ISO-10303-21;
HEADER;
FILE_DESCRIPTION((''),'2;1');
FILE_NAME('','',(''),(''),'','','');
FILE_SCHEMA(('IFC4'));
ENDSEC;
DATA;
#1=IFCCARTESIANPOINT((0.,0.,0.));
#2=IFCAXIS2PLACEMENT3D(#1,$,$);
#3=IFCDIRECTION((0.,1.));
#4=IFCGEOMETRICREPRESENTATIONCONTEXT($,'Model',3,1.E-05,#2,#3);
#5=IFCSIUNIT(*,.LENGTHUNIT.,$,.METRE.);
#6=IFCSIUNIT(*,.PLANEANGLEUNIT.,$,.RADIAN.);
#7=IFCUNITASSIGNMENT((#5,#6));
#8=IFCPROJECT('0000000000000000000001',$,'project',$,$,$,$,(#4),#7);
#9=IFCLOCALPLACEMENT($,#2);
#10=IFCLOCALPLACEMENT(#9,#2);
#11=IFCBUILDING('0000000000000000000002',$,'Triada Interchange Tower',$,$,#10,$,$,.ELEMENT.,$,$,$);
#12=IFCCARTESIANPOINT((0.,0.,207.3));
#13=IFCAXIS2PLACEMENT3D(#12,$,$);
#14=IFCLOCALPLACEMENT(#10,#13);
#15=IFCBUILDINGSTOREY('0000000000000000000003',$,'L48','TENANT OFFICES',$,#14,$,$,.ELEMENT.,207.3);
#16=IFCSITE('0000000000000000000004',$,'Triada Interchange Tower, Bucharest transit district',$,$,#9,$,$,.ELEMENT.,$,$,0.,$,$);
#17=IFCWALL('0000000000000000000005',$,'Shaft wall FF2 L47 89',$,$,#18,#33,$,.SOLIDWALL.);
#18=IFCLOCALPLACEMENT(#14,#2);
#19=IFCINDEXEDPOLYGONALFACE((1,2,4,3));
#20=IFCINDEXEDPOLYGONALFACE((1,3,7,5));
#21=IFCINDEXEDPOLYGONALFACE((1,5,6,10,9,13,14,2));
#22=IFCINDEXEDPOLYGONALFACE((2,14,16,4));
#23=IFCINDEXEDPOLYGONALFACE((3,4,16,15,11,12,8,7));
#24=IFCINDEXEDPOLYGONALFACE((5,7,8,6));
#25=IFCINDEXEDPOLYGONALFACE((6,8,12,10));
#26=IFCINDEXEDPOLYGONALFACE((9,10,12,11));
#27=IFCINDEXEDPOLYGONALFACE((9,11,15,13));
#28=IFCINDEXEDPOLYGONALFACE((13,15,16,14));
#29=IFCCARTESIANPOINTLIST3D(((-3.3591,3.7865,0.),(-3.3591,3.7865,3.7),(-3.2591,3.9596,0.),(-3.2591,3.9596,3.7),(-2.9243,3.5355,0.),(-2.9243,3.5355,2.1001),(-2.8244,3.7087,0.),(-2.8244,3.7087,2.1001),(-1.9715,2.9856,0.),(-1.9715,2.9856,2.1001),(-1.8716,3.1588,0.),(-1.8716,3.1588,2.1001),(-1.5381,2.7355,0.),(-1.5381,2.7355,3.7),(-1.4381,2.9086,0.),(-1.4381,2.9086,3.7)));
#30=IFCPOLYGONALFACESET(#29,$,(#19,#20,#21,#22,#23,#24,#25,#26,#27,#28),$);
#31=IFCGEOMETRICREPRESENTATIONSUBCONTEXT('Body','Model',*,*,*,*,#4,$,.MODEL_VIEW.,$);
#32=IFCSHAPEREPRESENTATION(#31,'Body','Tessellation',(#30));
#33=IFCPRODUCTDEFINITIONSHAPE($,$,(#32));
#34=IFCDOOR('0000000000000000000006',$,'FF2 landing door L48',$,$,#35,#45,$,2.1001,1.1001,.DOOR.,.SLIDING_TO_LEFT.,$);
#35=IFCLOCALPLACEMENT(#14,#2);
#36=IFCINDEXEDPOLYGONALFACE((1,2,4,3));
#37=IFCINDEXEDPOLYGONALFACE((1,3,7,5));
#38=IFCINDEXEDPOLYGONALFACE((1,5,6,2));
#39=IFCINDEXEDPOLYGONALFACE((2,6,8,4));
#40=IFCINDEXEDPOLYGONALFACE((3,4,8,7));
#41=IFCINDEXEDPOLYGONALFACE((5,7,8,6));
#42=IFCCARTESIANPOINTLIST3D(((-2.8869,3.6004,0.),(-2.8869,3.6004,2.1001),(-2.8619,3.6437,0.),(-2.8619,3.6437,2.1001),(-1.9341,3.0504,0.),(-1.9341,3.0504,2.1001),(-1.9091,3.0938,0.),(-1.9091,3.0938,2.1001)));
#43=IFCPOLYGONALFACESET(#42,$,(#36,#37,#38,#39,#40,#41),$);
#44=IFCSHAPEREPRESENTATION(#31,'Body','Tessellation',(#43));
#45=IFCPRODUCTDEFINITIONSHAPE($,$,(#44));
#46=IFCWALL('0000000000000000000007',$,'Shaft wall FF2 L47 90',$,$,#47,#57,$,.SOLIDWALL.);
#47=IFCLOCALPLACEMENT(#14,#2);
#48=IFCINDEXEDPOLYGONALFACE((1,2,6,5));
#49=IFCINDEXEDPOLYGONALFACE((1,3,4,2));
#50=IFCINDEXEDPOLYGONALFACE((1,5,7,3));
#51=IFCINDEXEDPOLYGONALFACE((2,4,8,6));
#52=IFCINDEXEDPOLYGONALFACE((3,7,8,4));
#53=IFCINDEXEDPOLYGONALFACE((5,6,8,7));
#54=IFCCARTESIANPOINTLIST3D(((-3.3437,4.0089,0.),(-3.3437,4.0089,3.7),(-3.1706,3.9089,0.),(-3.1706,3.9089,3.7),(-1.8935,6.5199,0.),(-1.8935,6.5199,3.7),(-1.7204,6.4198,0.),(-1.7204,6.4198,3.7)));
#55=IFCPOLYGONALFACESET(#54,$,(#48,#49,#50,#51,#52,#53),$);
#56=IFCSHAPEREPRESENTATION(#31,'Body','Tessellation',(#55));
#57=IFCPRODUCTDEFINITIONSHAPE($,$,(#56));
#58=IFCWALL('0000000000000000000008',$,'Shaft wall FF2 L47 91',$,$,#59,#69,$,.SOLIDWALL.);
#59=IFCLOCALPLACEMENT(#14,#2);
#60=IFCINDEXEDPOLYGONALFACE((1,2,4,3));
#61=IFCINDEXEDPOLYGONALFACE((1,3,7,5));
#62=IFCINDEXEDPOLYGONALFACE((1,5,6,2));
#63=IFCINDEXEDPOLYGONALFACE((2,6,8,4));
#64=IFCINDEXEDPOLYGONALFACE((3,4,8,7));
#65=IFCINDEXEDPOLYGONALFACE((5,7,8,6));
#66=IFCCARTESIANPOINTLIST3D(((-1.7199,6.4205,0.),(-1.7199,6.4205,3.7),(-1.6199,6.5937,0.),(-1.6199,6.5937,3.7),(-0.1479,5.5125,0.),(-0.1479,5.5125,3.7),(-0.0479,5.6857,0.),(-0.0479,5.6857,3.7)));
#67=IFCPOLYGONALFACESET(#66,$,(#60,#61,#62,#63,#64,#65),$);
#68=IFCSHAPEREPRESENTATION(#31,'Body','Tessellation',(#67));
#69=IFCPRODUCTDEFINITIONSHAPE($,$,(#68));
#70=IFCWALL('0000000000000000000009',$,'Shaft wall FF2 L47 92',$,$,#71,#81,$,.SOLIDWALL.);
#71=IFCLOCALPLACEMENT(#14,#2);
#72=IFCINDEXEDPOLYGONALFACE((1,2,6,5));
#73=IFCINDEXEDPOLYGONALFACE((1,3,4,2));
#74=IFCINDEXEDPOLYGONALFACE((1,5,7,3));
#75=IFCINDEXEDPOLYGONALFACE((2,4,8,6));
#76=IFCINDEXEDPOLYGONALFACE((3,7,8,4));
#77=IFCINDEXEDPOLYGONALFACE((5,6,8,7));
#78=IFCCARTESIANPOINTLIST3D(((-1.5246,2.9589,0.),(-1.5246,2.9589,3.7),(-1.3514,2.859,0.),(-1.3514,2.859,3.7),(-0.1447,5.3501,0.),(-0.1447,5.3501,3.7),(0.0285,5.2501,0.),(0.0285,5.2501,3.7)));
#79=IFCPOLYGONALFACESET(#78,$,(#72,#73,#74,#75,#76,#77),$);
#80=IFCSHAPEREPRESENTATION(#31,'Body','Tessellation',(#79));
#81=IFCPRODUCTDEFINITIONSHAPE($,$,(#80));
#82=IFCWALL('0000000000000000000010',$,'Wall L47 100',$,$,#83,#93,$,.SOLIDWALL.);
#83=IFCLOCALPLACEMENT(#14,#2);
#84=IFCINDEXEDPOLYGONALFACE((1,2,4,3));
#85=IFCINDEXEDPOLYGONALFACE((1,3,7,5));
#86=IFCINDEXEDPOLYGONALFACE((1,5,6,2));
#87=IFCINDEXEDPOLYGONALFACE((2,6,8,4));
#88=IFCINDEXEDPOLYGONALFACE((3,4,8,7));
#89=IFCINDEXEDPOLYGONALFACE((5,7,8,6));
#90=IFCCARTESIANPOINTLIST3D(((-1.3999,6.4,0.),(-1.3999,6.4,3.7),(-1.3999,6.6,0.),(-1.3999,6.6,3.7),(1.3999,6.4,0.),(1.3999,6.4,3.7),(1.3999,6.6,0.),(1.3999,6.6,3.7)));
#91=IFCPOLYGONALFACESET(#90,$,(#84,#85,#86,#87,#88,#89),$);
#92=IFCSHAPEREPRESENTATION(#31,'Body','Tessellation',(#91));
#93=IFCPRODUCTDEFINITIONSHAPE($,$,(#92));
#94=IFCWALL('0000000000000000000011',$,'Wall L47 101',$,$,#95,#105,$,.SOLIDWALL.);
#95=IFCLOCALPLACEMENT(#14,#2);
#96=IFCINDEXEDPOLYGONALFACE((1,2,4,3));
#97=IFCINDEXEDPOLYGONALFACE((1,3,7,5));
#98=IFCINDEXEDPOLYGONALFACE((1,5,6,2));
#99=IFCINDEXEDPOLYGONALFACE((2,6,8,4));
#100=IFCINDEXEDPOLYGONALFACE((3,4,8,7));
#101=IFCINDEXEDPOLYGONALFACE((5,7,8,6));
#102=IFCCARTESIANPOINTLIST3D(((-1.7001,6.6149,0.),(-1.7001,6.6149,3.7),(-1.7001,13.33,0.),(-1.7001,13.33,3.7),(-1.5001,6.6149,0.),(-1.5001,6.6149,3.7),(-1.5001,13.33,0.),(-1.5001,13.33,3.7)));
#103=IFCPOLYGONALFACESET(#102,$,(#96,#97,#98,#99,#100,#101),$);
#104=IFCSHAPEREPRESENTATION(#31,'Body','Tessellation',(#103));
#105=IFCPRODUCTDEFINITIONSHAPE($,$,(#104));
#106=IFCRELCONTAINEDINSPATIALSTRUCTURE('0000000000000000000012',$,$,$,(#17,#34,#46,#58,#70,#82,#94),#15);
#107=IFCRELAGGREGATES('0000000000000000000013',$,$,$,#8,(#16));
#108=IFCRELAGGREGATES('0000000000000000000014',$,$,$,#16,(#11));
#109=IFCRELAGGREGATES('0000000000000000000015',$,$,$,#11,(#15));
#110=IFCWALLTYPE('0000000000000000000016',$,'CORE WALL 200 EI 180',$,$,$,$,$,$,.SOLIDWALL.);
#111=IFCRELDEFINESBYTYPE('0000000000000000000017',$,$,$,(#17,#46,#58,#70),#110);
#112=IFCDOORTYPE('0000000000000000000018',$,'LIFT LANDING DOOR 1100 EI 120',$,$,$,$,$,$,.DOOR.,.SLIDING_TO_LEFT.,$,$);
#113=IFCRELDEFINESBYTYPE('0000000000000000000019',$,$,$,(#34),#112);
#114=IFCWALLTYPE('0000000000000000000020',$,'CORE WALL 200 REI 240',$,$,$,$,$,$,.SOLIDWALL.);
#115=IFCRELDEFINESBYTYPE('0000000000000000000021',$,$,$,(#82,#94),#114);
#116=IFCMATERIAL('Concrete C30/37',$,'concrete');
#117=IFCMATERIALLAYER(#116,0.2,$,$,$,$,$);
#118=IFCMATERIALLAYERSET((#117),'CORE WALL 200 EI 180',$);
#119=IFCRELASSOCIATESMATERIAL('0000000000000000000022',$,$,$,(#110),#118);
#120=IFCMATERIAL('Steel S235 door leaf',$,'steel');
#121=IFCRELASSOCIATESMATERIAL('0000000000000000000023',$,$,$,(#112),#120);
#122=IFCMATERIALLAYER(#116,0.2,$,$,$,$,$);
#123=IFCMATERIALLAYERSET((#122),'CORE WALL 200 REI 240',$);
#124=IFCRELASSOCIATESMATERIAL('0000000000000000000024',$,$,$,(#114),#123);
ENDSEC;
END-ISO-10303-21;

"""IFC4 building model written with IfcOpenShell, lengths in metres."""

from ifc_helpers import new_model, si_unit, direction, frame, frame_2d, origin, place, context, subcontext, project, spatial, rectangle, extrude, material, layer, layer_set, type_object, element, fill, save


model = new_model("IFC4")

# Units and contexts
model_context = context("Model", 3, precision=1e-05, world=origin(), true_north=direction((0.0, 1.0)))
body_context = subcontext(model_context, "Body", "Model", "MODEL_VIEW")
ifc_project = project(units=[si_unit("LENGTHUNIT", "METRE"), si_unit("PLANEANGLEUNIT", "RADIAN")], contexts=[model_context])

# Site, building, storey
site_placement = place(None, origin())
site = spatial("IfcSite", under=ifc_project, at=site_placement, Name="Triada Interchange Tower, Bucharest transit district", CompositionType="ELEMENT", RefElevation=0.0)
building_placement = place(site_placement, origin())
building = spatial("IfcBuilding", under=site, at=building_placement, Name="Triada Interchange Tower", CompositionType="ELEMENT")
storey_placement = place(building_placement, frame((0.0, 0.0, 207.3)))
storey = spatial("IfcBuildingStorey", under=building, at=storey_placement, Name="L48", Description="TENANT OFFICES", CompositionType="ELEMENT", Elevation=207.3)

# Shared definitions
ifc_material_1 = material(Name="Concrete C30/37", Category="concrete")
ifc_layer_1 = layer(ifc_material_1, 0.2)
ifc_layer_set_1 = layer_set([ifc_layer_1], Name="CORE WALL 200 EI 180")
wall_type_1 = type_object("IfcWallType", Name="CORE WALL 200 EI 180", PredefinedType="SOLIDWALL", material=ifc_layer_set_1)

# Shared definitions
ifc_material_2 = material(Name="Steel S235 door leaf", Category="steel")

# Wall, opening, door
door_type_1 = type_object("IfcDoorType", Name="LIFT LANDING DOOR 1100 EI 120", OperationType="SLIDING_TO_LEFT", PredefinedType="DOOR", material=ifc_material_2)
wall_1_placement = place(storey_placement, frame((-3.3091, 3.873, 0.0), z_axis=(0.0, 0.0, 1.0), x_axis=(0.866099, -0.499873, 0.0)))
wall_1 = element("IfcWall", 1, at=wall_1_placement, inside=storey, type_object=wall_type_1, Name="Shaft wall FF2 L47 89", PredefinedType="SOLIDWALL", context=body_context, shape_type="SweptSolid", body=[
    extrude(rectangle(XDim=2.1025, YDim=0.2, at=frame_2d((1.0513, 0.0))), origin(), (0.0, 0.0, 1.0), 3.7),
])
opening_1_placement = place(wall_1_placement, frame((0.502, 0.0, 0.0)))
opening_1 = element("IfcOpeningElement", 2, at=opening_1_placement, cuts=wall_1, PredefinedType="OPENING", context=body_context, shape_type="SweptSolid", body=[
    extrude(rectangle(XDim=1.1001, YDim=2.1001, at=frame_2d((0.55, 1.05))), frame((0.0, 0.1099, 0.0), z_axis=(0.0, -1.0, 0.0), x_axis=(1.0, 0.0, 0.0)), (0.0, 0.0, 1.0), 0.22),
])
door_1_placement = place(opening_1_placement, origin())
door_1 = element("IfcDoor", 3, at=door_1_placement, inside=storey, type_object=door_type_1, Name="FF2 landing door L48", OperationType="SLIDING_TO_LEFT", OverallHeight=2.1001, OverallWidth=1.1001, PredefinedType="DOOR", context=body_context, shape_type="SweptSolid", body=[
    extrude(rectangle(XDim=1.1001, YDim=2.1001, at=frame_2d((0.55, 1.05))), frame((0.0, 0.0249, 0.0), z_axis=(0.0, -1.0, 0.0), x_axis=(1.0, 0.0, 0.0)), (0.0, 0.0, 1.0), 0.05),
])
fill(opening_1, door_1)

# Walls
wall_2_placement = place(storey_placement, frame((-3.2571, 3.959, 0.0), z_axis=(0.0, 0.0, 1.0), x_axis=(0.500123, 0.865954, 0.0)))
element("IfcWall", 4, at=wall_2_placement, inside=storey, type_object=wall_type_1, Name="Shaft wall FF2 L47 90", PredefinedType="SOLIDWALL", context=body_context, shape_type="SweptSolid", body=[
    extrude(rectangle(XDim=2.8997, YDim=0.2, at=frame_2d((1.4497, 0.0))), origin(), (0.0, 0.0, 1.0), 3.7),
])
wall_3_placement = place(storey_placement, frame((-1.6699, 6.5071, 0.0), z_axis=(0.0, 0.0, 1.0), x_axis=(0.865941, -0.500145, 0.0)))
element("IfcWall", 5, at=wall_3_placement, inside=storey, type_object=wall_type_1, Name="Shaft wall FF2 L47 91", PredefinedType="SOLIDWALL", context=body_context, shape_type="SweptSolid", body=[
    extrude(rectangle(XDim=1.8154, YDim=0.2, at=frame_2d((0.9077, 0.0))), origin(), (0.0, 0.0, 1.0), 3.7),
])
wall_4_placement = place(storey_placement, frame((-1.438, 2.9089, 0.0), z_axis=(0.0, 0.0, 1.0), x_axis=(0.49983, 0.866124, 0.0)))
element("IfcWall", 6, at=wall_4_placement, inside=storey, type_object=wall_type_1, Name="Shaft wall FF2 L47 92", PredefinedType="SOLIDWALL", context=body_context, shape_type="SweptSolid", body=[
    extrude(rectangle(XDim=2.7607, YDim=0.2, at=frame_2d((1.3804, 0.0))), origin(), (0.0, 0.0, 1.0), 3.7),
])
ifc_layer_2 = layer(ifc_material_1, 0.2)
ifc_layer_set_2 = layer_set([ifc_layer_2], Name="CORE WALL 200 REI 240")
wall_type_2 = type_object("IfcWallType", Name="CORE WALL 200 REI 240", PredefinedType="SOLIDWALL", material=ifc_layer_set_2)
wall_5_placement = place(storey_placement, frame((-1.3999, 6.5, 0.0), z_axis=(0.0, 0.0, 1.0), x_axis=(1.0, 0.0, 0.0)))
element("IfcWall", 7, at=wall_5_placement, inside=storey, type_object=wall_type_2, Name="Wall L47 100", PredefinedType="SOLIDWALL", context=body_context, shape_type="SweptSolid", body=[
    extrude(rectangle(XDim=2.7998, YDim=0.2, at=frame_2d((1.3999, 0.0))), origin(), (0.0, 0.0, 1.0), 3.7),
])
wall_6_placement = place(storey_placement, frame((-1.6001, 6.615, 0.0), z_axis=(0.0, 0.0, 1.0), x_axis=(0.0, 1.0, 0.0)))
element("IfcWall", 8, at=wall_6_placement, inside=storey, type_object=wall_type_2, Name="Wall L47 101", PredefinedType="SOLIDWALL", context=body_context, shape_type="SweptSolid", body=[
    extrude(rectangle(XDim=6.7151, YDim=0.2, at=frame_2d((3.3574, 0.0))), origin(), (0.0, 0.0, 1.0), 3.7),
])

save(model, "model.ifc")
